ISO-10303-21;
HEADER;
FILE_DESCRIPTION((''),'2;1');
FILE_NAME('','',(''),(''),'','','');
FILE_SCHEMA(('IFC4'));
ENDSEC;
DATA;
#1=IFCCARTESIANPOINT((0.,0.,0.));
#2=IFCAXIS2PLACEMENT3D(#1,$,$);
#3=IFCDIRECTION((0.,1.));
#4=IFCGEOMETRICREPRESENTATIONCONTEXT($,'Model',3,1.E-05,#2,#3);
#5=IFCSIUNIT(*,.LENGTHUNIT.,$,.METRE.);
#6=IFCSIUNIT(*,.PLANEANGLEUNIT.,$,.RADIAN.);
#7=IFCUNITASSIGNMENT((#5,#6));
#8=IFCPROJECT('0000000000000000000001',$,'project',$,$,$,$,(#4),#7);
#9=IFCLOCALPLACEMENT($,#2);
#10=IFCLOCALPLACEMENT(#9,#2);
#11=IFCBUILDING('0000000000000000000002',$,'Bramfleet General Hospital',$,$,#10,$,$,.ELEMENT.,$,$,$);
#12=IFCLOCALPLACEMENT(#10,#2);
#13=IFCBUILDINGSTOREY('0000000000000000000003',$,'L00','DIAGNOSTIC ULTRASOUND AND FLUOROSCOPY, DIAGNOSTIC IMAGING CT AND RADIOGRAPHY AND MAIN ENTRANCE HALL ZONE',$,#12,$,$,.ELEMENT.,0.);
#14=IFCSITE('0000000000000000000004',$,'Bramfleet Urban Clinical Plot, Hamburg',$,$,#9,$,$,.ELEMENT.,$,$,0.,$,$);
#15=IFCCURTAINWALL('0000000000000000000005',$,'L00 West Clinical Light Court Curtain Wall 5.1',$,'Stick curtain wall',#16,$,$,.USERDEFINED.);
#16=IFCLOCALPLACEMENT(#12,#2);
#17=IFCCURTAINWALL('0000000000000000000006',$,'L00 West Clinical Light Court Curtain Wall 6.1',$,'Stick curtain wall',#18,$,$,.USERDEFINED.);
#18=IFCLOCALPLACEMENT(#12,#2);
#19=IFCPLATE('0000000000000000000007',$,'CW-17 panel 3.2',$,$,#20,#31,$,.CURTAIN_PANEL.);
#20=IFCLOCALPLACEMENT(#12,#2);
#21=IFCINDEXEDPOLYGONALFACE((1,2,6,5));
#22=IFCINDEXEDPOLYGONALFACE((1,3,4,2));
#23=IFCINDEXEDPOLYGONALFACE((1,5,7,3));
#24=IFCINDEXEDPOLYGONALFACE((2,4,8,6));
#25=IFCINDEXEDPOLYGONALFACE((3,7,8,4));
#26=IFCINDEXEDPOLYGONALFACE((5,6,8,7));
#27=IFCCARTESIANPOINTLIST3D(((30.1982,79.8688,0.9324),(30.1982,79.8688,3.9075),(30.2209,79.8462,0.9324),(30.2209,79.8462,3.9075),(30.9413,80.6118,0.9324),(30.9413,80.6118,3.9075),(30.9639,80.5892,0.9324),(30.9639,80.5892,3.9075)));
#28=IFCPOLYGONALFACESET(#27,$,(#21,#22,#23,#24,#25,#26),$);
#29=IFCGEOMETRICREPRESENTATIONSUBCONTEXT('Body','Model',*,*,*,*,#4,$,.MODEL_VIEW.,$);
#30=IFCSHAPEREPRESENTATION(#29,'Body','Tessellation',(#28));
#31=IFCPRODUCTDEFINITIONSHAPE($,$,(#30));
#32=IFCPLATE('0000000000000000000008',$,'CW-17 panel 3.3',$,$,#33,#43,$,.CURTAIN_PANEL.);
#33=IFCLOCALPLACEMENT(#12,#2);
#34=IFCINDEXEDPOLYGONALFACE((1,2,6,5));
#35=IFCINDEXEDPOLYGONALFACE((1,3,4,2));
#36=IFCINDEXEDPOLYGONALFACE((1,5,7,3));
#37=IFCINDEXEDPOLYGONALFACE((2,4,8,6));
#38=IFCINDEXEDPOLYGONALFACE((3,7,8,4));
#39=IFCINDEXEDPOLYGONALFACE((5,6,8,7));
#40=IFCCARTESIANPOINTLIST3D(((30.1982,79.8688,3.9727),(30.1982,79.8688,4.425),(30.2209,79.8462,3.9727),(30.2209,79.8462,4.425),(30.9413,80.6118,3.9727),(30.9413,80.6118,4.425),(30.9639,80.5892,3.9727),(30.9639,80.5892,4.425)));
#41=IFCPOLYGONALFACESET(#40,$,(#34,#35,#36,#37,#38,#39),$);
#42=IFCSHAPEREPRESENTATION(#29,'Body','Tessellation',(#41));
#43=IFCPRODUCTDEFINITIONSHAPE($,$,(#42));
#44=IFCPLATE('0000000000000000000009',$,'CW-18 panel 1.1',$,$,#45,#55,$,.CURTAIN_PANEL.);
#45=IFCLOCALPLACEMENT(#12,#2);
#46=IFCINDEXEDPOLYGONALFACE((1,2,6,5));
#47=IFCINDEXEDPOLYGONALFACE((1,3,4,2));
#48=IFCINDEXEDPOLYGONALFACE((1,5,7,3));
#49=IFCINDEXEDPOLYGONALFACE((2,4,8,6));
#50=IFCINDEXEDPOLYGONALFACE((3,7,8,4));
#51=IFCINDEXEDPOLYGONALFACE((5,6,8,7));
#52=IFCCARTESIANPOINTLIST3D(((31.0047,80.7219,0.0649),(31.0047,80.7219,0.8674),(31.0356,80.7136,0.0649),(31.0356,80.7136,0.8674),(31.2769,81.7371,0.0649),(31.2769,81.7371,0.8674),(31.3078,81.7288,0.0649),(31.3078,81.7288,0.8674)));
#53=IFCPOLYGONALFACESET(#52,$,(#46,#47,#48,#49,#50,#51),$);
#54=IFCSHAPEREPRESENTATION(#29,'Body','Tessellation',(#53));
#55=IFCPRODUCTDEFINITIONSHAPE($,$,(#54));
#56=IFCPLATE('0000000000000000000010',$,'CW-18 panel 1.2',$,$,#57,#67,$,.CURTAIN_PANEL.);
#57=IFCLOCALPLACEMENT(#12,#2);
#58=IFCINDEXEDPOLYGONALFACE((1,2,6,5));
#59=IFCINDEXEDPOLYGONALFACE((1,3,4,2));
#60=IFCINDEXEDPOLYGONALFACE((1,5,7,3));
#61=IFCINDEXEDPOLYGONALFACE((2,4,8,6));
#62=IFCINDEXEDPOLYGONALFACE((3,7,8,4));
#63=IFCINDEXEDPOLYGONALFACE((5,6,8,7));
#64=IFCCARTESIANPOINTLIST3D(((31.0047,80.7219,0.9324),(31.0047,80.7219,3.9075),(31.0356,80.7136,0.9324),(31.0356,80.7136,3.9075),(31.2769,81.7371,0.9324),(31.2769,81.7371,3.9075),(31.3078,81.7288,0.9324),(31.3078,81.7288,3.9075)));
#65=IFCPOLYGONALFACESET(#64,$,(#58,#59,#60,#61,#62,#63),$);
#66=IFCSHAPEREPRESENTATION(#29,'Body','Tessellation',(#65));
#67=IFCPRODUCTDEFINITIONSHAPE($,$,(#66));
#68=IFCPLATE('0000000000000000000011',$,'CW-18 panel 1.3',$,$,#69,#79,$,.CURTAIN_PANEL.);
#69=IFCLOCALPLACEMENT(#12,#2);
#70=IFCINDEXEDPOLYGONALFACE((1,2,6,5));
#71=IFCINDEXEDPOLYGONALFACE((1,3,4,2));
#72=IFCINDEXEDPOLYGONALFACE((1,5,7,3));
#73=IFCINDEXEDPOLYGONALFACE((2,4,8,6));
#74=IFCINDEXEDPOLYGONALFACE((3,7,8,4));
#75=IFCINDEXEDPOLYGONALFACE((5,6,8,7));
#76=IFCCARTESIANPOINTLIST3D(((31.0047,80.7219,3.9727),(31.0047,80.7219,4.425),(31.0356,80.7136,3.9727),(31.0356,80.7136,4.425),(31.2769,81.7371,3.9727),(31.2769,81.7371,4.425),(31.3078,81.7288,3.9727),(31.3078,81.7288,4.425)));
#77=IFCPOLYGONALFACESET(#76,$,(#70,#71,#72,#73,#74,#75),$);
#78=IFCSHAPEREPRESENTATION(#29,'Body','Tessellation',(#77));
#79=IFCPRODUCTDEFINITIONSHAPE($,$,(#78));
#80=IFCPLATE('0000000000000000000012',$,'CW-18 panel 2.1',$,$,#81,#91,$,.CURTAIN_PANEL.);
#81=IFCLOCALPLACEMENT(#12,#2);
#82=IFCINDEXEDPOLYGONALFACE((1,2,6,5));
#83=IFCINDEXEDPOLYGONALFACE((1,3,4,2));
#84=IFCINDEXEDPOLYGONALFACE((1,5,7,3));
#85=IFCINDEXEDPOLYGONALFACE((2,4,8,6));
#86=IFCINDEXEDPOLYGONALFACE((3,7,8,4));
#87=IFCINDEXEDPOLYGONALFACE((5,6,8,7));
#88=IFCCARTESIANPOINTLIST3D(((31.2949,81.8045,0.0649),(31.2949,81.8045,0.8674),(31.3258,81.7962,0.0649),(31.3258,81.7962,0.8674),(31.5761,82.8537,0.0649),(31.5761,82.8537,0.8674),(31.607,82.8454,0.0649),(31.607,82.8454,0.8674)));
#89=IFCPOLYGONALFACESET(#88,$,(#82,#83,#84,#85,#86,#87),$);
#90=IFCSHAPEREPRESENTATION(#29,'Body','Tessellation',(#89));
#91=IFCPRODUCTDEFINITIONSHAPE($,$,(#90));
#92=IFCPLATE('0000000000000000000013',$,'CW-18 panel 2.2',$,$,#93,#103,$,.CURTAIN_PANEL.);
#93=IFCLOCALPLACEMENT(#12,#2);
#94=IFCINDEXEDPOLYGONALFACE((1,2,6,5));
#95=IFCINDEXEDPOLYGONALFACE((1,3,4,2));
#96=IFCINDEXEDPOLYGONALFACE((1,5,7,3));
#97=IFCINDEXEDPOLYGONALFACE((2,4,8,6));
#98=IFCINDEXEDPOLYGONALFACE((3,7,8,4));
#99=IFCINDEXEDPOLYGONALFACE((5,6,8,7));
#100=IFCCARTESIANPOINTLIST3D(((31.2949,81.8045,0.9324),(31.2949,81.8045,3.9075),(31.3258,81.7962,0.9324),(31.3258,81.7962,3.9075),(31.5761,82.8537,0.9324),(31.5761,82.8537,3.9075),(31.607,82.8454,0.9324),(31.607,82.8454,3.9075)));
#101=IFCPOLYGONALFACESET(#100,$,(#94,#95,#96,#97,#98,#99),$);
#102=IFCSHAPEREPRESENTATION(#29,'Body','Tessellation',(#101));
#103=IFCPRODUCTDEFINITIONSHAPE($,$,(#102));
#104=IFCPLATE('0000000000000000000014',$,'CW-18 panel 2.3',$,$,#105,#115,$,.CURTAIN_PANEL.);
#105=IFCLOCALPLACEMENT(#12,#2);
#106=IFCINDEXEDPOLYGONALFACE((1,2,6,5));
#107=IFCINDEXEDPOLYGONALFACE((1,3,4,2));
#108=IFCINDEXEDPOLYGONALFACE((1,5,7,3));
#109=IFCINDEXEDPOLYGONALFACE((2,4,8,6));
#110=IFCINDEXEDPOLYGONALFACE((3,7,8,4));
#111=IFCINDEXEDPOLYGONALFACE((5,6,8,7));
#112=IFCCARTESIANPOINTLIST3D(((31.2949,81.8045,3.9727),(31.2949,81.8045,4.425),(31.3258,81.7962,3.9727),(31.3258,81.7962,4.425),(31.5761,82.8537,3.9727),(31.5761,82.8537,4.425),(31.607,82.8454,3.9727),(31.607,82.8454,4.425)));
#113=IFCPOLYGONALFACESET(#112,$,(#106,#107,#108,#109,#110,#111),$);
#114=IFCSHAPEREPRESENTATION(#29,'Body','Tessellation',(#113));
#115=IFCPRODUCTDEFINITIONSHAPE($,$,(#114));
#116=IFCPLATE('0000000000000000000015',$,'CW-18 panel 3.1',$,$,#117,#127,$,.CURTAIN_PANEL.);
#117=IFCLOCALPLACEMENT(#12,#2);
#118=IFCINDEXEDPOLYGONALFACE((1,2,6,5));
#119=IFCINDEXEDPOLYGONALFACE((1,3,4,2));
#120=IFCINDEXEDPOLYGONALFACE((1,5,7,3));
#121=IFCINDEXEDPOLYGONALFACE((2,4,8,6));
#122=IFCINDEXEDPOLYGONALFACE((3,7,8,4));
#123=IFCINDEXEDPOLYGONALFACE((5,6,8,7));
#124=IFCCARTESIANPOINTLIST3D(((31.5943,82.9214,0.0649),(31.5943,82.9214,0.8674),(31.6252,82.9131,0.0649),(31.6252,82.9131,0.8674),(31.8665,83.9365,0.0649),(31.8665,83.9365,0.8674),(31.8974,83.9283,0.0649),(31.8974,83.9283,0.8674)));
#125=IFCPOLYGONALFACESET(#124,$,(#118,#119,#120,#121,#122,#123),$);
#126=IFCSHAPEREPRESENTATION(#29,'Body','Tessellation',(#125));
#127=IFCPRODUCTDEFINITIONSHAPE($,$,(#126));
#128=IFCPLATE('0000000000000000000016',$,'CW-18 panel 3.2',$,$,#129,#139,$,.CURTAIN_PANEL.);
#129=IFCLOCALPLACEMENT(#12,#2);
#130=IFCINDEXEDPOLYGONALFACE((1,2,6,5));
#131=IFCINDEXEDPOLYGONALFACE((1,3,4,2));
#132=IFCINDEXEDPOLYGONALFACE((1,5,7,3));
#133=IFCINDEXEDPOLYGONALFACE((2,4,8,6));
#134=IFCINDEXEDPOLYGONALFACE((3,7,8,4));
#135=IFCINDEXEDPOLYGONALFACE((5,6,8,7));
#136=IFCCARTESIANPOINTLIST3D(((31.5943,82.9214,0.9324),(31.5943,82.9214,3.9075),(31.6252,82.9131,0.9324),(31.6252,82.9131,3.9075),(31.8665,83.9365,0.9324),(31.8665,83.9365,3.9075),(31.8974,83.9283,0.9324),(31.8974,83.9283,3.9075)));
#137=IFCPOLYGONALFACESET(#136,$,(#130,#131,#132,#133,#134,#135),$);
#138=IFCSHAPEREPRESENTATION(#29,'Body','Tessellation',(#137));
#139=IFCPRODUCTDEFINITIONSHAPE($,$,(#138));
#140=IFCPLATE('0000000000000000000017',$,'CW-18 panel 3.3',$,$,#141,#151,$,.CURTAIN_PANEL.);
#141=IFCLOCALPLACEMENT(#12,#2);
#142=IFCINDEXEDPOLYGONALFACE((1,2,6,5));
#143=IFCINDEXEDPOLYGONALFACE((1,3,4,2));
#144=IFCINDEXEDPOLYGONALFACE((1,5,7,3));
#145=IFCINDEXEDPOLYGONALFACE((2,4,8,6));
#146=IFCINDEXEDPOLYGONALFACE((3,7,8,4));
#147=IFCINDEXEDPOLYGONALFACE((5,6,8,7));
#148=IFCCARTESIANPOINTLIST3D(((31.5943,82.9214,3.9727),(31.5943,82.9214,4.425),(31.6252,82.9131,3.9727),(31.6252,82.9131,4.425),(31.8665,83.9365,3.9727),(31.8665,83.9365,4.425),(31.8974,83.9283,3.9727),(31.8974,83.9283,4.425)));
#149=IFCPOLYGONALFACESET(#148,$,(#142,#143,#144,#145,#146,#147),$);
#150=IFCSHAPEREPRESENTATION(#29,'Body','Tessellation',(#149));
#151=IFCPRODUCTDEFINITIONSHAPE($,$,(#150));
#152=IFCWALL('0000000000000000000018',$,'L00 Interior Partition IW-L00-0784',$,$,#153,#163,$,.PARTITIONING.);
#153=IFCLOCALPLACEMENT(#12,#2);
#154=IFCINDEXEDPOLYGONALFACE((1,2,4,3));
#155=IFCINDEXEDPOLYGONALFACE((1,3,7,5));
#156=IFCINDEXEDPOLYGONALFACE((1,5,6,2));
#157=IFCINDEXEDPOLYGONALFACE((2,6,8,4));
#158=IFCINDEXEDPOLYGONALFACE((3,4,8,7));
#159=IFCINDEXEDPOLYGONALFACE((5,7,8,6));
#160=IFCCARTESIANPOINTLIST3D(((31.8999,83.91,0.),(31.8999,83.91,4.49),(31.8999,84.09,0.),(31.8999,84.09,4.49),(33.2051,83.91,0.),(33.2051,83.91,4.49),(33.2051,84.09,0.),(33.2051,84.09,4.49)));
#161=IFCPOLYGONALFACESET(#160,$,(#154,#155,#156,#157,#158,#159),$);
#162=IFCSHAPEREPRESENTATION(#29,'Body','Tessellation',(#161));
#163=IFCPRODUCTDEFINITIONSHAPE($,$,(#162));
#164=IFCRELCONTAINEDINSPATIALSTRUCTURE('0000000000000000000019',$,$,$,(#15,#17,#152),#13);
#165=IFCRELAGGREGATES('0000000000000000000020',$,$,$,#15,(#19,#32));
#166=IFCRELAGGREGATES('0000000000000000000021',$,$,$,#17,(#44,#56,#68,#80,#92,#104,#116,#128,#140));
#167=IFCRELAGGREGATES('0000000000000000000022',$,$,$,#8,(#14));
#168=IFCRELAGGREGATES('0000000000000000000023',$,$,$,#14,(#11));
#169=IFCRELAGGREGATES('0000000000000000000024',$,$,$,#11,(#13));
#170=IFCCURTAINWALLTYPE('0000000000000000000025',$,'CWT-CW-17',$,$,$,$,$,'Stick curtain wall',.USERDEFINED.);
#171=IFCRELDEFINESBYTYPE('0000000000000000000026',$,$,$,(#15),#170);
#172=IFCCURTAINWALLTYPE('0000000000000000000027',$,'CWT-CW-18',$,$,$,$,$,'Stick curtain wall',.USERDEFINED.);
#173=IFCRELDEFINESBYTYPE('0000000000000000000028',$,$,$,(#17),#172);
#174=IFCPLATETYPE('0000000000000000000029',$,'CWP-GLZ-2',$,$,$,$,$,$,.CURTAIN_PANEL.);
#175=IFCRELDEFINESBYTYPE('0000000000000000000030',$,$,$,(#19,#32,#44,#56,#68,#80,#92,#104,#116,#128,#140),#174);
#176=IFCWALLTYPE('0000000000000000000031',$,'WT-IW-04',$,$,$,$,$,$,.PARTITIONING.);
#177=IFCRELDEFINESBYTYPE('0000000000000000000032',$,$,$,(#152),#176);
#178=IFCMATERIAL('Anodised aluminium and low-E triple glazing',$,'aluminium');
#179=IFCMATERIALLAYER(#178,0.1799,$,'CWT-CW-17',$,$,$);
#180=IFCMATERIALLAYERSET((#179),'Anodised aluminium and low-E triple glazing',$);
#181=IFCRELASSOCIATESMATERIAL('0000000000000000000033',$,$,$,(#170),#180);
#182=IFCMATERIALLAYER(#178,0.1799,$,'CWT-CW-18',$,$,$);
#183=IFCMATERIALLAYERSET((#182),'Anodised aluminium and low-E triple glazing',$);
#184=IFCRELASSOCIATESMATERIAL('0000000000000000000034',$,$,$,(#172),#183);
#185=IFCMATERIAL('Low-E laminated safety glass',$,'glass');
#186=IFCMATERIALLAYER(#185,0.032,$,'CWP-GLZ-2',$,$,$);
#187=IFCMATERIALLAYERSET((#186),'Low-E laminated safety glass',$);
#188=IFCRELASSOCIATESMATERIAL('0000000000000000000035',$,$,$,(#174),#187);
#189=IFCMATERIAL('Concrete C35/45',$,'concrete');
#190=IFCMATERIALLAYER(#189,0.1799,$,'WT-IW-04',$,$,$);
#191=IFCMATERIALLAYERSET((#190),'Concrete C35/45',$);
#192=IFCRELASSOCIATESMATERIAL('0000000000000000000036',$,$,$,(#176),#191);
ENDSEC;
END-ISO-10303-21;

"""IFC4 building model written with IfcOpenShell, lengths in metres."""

from ifc_helpers import new_model, si_unit, direction, frame, frame_2d, origin, origin_2d, place, context, subcontext, project, spatial, rectangle, extrude, material, layer, layer_set, type_object, element, aggregate, save


model = new_model("IFC4")

# Units and contexts
model_context = context("Model", 3, precision=1e-05, world=origin(), true_north=direction((0.0, 1.0)))
body_context = subcontext(model_context, "Body", "Model", "MODEL_VIEW")
ifc_project = project(units=[si_unit("LENGTHUNIT", "METRE"), si_unit("PLANEANGLEUNIT", "RADIAN")], contexts=[model_context])

# Site, building, storey
site_placement = place(None, origin())
site = spatial("IfcSite", under=ifc_project, at=site_placement, Name="Bramfleet Urban Clinical Plot, Hamburg", CompositionType="ELEMENT", RefElevation=0.0)
building_placement = place(site_placement, origin())
building = spatial("IfcBuilding", under=site, at=building_placement, Name="Bramfleet General Hospital", CompositionType="ELEMENT")
storey_placement = place(building_placement, origin())
storey = spatial("IfcBuildingStorey", under=building, at=storey_placement, Name="L00", Description="DIAGNOSTIC ULTRASOUND AND FLUOROSCOPY, DIAGNOSTIC IMAGING CT AND RADIOGRAPHY AND MAIN ENTRANCE HALL ZONE", CompositionType="ELEMENT", Elevation=0.0)

# Curtain wall
ifc_material_1 = material(Name="Anodised aluminium and low-E triple glazing", Category="aluminium")
ifc_layer_1 = layer(ifc_material_1, 0.1799, Name="CWT-CW-17")
ifc_layer_set_1 = layer_set([ifc_layer_1], Name="Anodised aluminium and low-E triple glazing")
curtain_wall_type_1 = type_object("IfcCurtainWallType", Name="CWT-CW-17", ElementType="Stick curtain wall", PredefinedType="USERDEFINED", material=ifc_layer_set_1)
curtain_wall_1_placement = place(storey_placement, origin())
curtain_wall_1 = element("IfcCurtainWall", 1, at=curtain_wall_1_placement, inside=storey, type_object=curtain_wall_type_1, Name="L00 West Clinical Light Court Curtain Wall 5.1", ObjectType="Stick curtain wall", PredefinedType="USERDEFINED")

# Curtain wall
ifc_layer_2 = layer(ifc_material_1, 0.1799, Name="CWT-CW-18")
ifc_layer_set_2 = layer_set([ifc_layer_2], Name="Anodised aluminium and low-E triple glazing")
curtain_wall_type_2 = type_object("IfcCurtainWallType", Name="CWT-CW-18", ElementType="Stick curtain wall", PredefinedType="USERDEFINED", material=ifc_layer_set_2)
curtain_wall_2_placement = place(storey_placement, origin())
curtain_wall_2 = element("IfcCurtainWall", 2, at=curtain_wall_2_placement, inside=storey, type_object=curtain_wall_type_2, Name="L00 West Clinical Light Court Curtain Wall 6.1", ObjectType="Stick curtain wall", PredefinedType="USERDEFINED")

# Plates
ifc_material_2 = material(Name="Low-E laminated safety glass", Category="glass")
ifc_layer_3 = layer(ifc_material_2, 0.032, Name="CWP-GLZ-2")
ifc_layer_set_3 = layer_set([ifc_layer_3], Name="Low-E laminated safety glass")
plate_type = type_object("IfcPlateType", Name="CWP-GLZ-2", PredefinedType="CURTAIN_PANEL", material=ifc_layer_set_3)
plate_1_placement = place(storey_placement, frame((30.5811, 80.229, 0.9324), z_axis=(0.0, 0.0, 1.0), x_axis=(0.707107, 0.707107, 0.0)))
plate_1 = element("IfcPlate", 3, at=plate_1_placement, type_object=plate_type, Name="CW-17 panel 3.2", PredefinedType="CURTAIN_PANEL", context=body_context, shape_type="SweptSolid", body=[
    extrude(rectangle(XDim=1.0508, YDim=0.032, at=origin_2d()), origin(), (0.0, 0.0, 1.0), 2.9751),
])
plate_2_placement = place(storey_placement, frame((30.5811, 80.229, 3.9727), z_axis=(0.0, 0.0, 1.0), x_axis=(0.707107, 0.707107, 0.0)))
plate_2 = element("IfcPlate", 4, at=plate_2_placement, type_object=plate_type, Name="CW-17 panel 3.3", PredefinedType="CURTAIN_PANEL", context=body_context, shape_type="SweptSolid", body=[
    extrude(rectangle(XDim=1.0508, YDim=0.032, at=origin_2d()), origin(), (0.0, 0.0, 1.0), 0.4524),
])
aggregate(curtain_wall_1, [plate_1, plate_2])
plate_3_placement = place(storey_placement, frame((31.1562, 81.2253, 0.0649), z_axis=(0.0, 0.0, 1.0), x_axis=(0.258919, 0.965899, 0.0)))
plate_3 = element("IfcPlate", 5, at=plate_3_placement, type_object=plate_type, Name="CW-18 panel 1.1", PredefinedType="CURTAIN_PANEL", context=body_context, shape_type="SweptSolid", body=[
    extrude(rectangle(XDim=1.051, YDim=0.032, at=origin_2d()), origin(), (0.0, 0.0, 1.0), 0.8025),
])
plate_4_placement = place(storey_placement, frame((31.1562, 81.2253, 0.9324), z_axis=(0.0, 0.0, 1.0), x_axis=(0.258919, 0.965899, 0.0)))
plate_4 = element("IfcPlate", 6, at=plate_4_placement, type_object=plate_type, Name="CW-18 panel 1.2", PredefinedType="CURTAIN_PANEL", context=body_context, shape_type="SweptSolid", body=[
    extrude(rectangle(XDim=1.051, YDim=0.032, at=origin_2d()), origin(), (0.0, 0.0, 1.0), 2.9751),
])
plate_5_placement = place(storey_placement, frame((31.1562, 81.2253, 3.9727), z_axis=(0.0, 0.0, 1.0), x_axis=(0.258919, 0.965899, 0.0)))
plate_5 = element("IfcPlate", 7, at=plate_5_placement, type_object=plate_type, Name="CW-18 panel 1.3", PredefinedType="CURTAIN_PANEL", context=body_context, shape_type="SweptSolid", body=[
    extrude(rectangle(XDim=1.051, YDim=0.032, at=origin_2d()), origin(), (0.0, 0.0, 1.0), 0.4524),
])
plate_6_placement = place(storey_placement, frame((31.4509, 82.325, 0.0649), z_axis=(0.0, 0.0, 1.0), x_axis=(0.258919, 0.965899, 0.0)))
plate_6 = element("IfcPlate", 8, at=plate_6_placement, type_object=plate_type, Name="CW-18 panel 2.1", PredefinedType="CURTAIN_PANEL", context=body_context, shape_type="SweptSolid", body=[
    extrude(rectangle(XDim=1.0862, YDim=0.032, at=origin_2d()), origin(), (0.0, 0.0, 1.0), 0.8025),
])
plate_7_placement = place(storey_placement, frame((31.4509, 82.325, 0.9324), z_axis=(0.0, 0.0, 1.0), x_axis=(0.258919, 0.965899, 0.0)))
plate_7 = element("IfcPlate", 9, at=plate_7_placement, type_object=plate_type, Name="CW-18 panel 2.2", PredefinedType="CURTAIN_PANEL", context=body_context, shape_type="SweptSolid", body=[
    extrude(rectangle(XDim=1.0862, YDim=0.032, at=origin_2d()), origin(), (0.0, 0.0, 1.0), 2.9751),
])
plate_8_placement = place(storey_placement, frame((31.4509, 82.325, 3.9727), z_axis=(0.0, 0.0, 1.0), x_axis=(0.258919, 0.965899, 0.0)))
plate_8 = element("IfcPlate", 10, at=plate_8_placement, type_object=plate_type, Name="CW-18 panel 2.3", PredefinedType="CURTAIN_PANEL", context=body_context, shape_type="SweptSolid", body=[
    extrude(rectangle(XDim=1.0862, YDim=0.032, at=origin_2d()), origin(), (0.0, 0.0, 1.0), 0.4524),
])
plate_9_placement = place(storey_placement, frame((31.7458, 83.4248, 0.0649), z_axis=(0.0, 0.0, 1.0), x_axis=(0.258919, 0.965899, 0.0)))
plate_9 = element("IfcPlate", 11, at=plate_9_placement, type_object=plate_type, Name="CW-18 panel 3.1", PredefinedType="CURTAIN_PANEL", context=body_context, shape_type="SweptSolid", body=[
    extrude(rectangle(XDim=1.051, YDim=0.032, at=origin_2d()), origin(), (0.0, 0.0, 1.0), 0.8025),
])
plate_10_placement = place(storey_placement, frame((31.7458, 83.4248, 0.9324), z_axis=(0.0, 0.0, 1.0), x_axis=(0.258919, 0.965899, 0.0)))
plate_10 = element("IfcPlate", 12, at=plate_10_placement, type_object=plate_type, Name="CW-18 panel 3.2", PredefinedType="CURTAIN_PANEL", context=body_context, shape_type="SweptSolid", body=[
    extrude(rectangle(XDim=1.051, YDim=0.032, at=origin_2d()), origin(), (0.0, 0.0, 1.0), 2.9751),
])
plate_11_placement = place(storey_placement, frame((31.7458, 83.4248, 3.9727), z_axis=(0.0, 0.0, 1.0), x_axis=(0.258919, 0.965899, 0.0)))
plate_11 = element("IfcPlate", 13, at=plate_11_placement, type_object=plate_type, Name="CW-18 panel 3.3", PredefinedType="CURTAIN_PANEL", context=body_context, shape_type="SweptSolid", body=[
    extrude(rectangle(XDim=1.051, YDim=0.032, at=origin_2d()), origin(), (0.0, 0.0, 1.0), 0.4524),
])
aggregate(curtain_wall_2, [plate_3, plate_4, plate_5, plate_6, plate_7, plate_8, plate_9, plate_10, plate_11])

# Wall
ifc_material_3 = material(Name="Concrete C35/45", Category="concrete")
ifc_layer_4 = layer(ifc_material_3, 0.1799, Name="WT-IW-04")
ifc_layer_set_4 = layer_set([ifc_layer_4], Name="Concrete C35/45")
wall_type = type_object("IfcWallType", Name="WT-IW-04", PredefinedType="PARTITIONING", material=ifc_layer_set_4)
wall_placement = place(storey_placement, frame((31.8999, 84.0, 0.0), z_axis=(0.0, 0.0, 1.0), x_axis=(1.0, 0.0, 0.0)))
element("IfcWall", 14, at=wall_placement, inside=storey, type_object=wall_type, Name="L00 Interior Partition IW-L00-0784", PredefinedType="PARTITIONING", context=body_context, shape_type="SweptSolid", body=[
    extrude(rectangle(XDim=1.3052, YDim=0.1799, at=frame_2d((0.6526, 0.0))), origin(), (0.0, 0.0, 1.0), 4.49),
])

save(model, "model.ifc")
